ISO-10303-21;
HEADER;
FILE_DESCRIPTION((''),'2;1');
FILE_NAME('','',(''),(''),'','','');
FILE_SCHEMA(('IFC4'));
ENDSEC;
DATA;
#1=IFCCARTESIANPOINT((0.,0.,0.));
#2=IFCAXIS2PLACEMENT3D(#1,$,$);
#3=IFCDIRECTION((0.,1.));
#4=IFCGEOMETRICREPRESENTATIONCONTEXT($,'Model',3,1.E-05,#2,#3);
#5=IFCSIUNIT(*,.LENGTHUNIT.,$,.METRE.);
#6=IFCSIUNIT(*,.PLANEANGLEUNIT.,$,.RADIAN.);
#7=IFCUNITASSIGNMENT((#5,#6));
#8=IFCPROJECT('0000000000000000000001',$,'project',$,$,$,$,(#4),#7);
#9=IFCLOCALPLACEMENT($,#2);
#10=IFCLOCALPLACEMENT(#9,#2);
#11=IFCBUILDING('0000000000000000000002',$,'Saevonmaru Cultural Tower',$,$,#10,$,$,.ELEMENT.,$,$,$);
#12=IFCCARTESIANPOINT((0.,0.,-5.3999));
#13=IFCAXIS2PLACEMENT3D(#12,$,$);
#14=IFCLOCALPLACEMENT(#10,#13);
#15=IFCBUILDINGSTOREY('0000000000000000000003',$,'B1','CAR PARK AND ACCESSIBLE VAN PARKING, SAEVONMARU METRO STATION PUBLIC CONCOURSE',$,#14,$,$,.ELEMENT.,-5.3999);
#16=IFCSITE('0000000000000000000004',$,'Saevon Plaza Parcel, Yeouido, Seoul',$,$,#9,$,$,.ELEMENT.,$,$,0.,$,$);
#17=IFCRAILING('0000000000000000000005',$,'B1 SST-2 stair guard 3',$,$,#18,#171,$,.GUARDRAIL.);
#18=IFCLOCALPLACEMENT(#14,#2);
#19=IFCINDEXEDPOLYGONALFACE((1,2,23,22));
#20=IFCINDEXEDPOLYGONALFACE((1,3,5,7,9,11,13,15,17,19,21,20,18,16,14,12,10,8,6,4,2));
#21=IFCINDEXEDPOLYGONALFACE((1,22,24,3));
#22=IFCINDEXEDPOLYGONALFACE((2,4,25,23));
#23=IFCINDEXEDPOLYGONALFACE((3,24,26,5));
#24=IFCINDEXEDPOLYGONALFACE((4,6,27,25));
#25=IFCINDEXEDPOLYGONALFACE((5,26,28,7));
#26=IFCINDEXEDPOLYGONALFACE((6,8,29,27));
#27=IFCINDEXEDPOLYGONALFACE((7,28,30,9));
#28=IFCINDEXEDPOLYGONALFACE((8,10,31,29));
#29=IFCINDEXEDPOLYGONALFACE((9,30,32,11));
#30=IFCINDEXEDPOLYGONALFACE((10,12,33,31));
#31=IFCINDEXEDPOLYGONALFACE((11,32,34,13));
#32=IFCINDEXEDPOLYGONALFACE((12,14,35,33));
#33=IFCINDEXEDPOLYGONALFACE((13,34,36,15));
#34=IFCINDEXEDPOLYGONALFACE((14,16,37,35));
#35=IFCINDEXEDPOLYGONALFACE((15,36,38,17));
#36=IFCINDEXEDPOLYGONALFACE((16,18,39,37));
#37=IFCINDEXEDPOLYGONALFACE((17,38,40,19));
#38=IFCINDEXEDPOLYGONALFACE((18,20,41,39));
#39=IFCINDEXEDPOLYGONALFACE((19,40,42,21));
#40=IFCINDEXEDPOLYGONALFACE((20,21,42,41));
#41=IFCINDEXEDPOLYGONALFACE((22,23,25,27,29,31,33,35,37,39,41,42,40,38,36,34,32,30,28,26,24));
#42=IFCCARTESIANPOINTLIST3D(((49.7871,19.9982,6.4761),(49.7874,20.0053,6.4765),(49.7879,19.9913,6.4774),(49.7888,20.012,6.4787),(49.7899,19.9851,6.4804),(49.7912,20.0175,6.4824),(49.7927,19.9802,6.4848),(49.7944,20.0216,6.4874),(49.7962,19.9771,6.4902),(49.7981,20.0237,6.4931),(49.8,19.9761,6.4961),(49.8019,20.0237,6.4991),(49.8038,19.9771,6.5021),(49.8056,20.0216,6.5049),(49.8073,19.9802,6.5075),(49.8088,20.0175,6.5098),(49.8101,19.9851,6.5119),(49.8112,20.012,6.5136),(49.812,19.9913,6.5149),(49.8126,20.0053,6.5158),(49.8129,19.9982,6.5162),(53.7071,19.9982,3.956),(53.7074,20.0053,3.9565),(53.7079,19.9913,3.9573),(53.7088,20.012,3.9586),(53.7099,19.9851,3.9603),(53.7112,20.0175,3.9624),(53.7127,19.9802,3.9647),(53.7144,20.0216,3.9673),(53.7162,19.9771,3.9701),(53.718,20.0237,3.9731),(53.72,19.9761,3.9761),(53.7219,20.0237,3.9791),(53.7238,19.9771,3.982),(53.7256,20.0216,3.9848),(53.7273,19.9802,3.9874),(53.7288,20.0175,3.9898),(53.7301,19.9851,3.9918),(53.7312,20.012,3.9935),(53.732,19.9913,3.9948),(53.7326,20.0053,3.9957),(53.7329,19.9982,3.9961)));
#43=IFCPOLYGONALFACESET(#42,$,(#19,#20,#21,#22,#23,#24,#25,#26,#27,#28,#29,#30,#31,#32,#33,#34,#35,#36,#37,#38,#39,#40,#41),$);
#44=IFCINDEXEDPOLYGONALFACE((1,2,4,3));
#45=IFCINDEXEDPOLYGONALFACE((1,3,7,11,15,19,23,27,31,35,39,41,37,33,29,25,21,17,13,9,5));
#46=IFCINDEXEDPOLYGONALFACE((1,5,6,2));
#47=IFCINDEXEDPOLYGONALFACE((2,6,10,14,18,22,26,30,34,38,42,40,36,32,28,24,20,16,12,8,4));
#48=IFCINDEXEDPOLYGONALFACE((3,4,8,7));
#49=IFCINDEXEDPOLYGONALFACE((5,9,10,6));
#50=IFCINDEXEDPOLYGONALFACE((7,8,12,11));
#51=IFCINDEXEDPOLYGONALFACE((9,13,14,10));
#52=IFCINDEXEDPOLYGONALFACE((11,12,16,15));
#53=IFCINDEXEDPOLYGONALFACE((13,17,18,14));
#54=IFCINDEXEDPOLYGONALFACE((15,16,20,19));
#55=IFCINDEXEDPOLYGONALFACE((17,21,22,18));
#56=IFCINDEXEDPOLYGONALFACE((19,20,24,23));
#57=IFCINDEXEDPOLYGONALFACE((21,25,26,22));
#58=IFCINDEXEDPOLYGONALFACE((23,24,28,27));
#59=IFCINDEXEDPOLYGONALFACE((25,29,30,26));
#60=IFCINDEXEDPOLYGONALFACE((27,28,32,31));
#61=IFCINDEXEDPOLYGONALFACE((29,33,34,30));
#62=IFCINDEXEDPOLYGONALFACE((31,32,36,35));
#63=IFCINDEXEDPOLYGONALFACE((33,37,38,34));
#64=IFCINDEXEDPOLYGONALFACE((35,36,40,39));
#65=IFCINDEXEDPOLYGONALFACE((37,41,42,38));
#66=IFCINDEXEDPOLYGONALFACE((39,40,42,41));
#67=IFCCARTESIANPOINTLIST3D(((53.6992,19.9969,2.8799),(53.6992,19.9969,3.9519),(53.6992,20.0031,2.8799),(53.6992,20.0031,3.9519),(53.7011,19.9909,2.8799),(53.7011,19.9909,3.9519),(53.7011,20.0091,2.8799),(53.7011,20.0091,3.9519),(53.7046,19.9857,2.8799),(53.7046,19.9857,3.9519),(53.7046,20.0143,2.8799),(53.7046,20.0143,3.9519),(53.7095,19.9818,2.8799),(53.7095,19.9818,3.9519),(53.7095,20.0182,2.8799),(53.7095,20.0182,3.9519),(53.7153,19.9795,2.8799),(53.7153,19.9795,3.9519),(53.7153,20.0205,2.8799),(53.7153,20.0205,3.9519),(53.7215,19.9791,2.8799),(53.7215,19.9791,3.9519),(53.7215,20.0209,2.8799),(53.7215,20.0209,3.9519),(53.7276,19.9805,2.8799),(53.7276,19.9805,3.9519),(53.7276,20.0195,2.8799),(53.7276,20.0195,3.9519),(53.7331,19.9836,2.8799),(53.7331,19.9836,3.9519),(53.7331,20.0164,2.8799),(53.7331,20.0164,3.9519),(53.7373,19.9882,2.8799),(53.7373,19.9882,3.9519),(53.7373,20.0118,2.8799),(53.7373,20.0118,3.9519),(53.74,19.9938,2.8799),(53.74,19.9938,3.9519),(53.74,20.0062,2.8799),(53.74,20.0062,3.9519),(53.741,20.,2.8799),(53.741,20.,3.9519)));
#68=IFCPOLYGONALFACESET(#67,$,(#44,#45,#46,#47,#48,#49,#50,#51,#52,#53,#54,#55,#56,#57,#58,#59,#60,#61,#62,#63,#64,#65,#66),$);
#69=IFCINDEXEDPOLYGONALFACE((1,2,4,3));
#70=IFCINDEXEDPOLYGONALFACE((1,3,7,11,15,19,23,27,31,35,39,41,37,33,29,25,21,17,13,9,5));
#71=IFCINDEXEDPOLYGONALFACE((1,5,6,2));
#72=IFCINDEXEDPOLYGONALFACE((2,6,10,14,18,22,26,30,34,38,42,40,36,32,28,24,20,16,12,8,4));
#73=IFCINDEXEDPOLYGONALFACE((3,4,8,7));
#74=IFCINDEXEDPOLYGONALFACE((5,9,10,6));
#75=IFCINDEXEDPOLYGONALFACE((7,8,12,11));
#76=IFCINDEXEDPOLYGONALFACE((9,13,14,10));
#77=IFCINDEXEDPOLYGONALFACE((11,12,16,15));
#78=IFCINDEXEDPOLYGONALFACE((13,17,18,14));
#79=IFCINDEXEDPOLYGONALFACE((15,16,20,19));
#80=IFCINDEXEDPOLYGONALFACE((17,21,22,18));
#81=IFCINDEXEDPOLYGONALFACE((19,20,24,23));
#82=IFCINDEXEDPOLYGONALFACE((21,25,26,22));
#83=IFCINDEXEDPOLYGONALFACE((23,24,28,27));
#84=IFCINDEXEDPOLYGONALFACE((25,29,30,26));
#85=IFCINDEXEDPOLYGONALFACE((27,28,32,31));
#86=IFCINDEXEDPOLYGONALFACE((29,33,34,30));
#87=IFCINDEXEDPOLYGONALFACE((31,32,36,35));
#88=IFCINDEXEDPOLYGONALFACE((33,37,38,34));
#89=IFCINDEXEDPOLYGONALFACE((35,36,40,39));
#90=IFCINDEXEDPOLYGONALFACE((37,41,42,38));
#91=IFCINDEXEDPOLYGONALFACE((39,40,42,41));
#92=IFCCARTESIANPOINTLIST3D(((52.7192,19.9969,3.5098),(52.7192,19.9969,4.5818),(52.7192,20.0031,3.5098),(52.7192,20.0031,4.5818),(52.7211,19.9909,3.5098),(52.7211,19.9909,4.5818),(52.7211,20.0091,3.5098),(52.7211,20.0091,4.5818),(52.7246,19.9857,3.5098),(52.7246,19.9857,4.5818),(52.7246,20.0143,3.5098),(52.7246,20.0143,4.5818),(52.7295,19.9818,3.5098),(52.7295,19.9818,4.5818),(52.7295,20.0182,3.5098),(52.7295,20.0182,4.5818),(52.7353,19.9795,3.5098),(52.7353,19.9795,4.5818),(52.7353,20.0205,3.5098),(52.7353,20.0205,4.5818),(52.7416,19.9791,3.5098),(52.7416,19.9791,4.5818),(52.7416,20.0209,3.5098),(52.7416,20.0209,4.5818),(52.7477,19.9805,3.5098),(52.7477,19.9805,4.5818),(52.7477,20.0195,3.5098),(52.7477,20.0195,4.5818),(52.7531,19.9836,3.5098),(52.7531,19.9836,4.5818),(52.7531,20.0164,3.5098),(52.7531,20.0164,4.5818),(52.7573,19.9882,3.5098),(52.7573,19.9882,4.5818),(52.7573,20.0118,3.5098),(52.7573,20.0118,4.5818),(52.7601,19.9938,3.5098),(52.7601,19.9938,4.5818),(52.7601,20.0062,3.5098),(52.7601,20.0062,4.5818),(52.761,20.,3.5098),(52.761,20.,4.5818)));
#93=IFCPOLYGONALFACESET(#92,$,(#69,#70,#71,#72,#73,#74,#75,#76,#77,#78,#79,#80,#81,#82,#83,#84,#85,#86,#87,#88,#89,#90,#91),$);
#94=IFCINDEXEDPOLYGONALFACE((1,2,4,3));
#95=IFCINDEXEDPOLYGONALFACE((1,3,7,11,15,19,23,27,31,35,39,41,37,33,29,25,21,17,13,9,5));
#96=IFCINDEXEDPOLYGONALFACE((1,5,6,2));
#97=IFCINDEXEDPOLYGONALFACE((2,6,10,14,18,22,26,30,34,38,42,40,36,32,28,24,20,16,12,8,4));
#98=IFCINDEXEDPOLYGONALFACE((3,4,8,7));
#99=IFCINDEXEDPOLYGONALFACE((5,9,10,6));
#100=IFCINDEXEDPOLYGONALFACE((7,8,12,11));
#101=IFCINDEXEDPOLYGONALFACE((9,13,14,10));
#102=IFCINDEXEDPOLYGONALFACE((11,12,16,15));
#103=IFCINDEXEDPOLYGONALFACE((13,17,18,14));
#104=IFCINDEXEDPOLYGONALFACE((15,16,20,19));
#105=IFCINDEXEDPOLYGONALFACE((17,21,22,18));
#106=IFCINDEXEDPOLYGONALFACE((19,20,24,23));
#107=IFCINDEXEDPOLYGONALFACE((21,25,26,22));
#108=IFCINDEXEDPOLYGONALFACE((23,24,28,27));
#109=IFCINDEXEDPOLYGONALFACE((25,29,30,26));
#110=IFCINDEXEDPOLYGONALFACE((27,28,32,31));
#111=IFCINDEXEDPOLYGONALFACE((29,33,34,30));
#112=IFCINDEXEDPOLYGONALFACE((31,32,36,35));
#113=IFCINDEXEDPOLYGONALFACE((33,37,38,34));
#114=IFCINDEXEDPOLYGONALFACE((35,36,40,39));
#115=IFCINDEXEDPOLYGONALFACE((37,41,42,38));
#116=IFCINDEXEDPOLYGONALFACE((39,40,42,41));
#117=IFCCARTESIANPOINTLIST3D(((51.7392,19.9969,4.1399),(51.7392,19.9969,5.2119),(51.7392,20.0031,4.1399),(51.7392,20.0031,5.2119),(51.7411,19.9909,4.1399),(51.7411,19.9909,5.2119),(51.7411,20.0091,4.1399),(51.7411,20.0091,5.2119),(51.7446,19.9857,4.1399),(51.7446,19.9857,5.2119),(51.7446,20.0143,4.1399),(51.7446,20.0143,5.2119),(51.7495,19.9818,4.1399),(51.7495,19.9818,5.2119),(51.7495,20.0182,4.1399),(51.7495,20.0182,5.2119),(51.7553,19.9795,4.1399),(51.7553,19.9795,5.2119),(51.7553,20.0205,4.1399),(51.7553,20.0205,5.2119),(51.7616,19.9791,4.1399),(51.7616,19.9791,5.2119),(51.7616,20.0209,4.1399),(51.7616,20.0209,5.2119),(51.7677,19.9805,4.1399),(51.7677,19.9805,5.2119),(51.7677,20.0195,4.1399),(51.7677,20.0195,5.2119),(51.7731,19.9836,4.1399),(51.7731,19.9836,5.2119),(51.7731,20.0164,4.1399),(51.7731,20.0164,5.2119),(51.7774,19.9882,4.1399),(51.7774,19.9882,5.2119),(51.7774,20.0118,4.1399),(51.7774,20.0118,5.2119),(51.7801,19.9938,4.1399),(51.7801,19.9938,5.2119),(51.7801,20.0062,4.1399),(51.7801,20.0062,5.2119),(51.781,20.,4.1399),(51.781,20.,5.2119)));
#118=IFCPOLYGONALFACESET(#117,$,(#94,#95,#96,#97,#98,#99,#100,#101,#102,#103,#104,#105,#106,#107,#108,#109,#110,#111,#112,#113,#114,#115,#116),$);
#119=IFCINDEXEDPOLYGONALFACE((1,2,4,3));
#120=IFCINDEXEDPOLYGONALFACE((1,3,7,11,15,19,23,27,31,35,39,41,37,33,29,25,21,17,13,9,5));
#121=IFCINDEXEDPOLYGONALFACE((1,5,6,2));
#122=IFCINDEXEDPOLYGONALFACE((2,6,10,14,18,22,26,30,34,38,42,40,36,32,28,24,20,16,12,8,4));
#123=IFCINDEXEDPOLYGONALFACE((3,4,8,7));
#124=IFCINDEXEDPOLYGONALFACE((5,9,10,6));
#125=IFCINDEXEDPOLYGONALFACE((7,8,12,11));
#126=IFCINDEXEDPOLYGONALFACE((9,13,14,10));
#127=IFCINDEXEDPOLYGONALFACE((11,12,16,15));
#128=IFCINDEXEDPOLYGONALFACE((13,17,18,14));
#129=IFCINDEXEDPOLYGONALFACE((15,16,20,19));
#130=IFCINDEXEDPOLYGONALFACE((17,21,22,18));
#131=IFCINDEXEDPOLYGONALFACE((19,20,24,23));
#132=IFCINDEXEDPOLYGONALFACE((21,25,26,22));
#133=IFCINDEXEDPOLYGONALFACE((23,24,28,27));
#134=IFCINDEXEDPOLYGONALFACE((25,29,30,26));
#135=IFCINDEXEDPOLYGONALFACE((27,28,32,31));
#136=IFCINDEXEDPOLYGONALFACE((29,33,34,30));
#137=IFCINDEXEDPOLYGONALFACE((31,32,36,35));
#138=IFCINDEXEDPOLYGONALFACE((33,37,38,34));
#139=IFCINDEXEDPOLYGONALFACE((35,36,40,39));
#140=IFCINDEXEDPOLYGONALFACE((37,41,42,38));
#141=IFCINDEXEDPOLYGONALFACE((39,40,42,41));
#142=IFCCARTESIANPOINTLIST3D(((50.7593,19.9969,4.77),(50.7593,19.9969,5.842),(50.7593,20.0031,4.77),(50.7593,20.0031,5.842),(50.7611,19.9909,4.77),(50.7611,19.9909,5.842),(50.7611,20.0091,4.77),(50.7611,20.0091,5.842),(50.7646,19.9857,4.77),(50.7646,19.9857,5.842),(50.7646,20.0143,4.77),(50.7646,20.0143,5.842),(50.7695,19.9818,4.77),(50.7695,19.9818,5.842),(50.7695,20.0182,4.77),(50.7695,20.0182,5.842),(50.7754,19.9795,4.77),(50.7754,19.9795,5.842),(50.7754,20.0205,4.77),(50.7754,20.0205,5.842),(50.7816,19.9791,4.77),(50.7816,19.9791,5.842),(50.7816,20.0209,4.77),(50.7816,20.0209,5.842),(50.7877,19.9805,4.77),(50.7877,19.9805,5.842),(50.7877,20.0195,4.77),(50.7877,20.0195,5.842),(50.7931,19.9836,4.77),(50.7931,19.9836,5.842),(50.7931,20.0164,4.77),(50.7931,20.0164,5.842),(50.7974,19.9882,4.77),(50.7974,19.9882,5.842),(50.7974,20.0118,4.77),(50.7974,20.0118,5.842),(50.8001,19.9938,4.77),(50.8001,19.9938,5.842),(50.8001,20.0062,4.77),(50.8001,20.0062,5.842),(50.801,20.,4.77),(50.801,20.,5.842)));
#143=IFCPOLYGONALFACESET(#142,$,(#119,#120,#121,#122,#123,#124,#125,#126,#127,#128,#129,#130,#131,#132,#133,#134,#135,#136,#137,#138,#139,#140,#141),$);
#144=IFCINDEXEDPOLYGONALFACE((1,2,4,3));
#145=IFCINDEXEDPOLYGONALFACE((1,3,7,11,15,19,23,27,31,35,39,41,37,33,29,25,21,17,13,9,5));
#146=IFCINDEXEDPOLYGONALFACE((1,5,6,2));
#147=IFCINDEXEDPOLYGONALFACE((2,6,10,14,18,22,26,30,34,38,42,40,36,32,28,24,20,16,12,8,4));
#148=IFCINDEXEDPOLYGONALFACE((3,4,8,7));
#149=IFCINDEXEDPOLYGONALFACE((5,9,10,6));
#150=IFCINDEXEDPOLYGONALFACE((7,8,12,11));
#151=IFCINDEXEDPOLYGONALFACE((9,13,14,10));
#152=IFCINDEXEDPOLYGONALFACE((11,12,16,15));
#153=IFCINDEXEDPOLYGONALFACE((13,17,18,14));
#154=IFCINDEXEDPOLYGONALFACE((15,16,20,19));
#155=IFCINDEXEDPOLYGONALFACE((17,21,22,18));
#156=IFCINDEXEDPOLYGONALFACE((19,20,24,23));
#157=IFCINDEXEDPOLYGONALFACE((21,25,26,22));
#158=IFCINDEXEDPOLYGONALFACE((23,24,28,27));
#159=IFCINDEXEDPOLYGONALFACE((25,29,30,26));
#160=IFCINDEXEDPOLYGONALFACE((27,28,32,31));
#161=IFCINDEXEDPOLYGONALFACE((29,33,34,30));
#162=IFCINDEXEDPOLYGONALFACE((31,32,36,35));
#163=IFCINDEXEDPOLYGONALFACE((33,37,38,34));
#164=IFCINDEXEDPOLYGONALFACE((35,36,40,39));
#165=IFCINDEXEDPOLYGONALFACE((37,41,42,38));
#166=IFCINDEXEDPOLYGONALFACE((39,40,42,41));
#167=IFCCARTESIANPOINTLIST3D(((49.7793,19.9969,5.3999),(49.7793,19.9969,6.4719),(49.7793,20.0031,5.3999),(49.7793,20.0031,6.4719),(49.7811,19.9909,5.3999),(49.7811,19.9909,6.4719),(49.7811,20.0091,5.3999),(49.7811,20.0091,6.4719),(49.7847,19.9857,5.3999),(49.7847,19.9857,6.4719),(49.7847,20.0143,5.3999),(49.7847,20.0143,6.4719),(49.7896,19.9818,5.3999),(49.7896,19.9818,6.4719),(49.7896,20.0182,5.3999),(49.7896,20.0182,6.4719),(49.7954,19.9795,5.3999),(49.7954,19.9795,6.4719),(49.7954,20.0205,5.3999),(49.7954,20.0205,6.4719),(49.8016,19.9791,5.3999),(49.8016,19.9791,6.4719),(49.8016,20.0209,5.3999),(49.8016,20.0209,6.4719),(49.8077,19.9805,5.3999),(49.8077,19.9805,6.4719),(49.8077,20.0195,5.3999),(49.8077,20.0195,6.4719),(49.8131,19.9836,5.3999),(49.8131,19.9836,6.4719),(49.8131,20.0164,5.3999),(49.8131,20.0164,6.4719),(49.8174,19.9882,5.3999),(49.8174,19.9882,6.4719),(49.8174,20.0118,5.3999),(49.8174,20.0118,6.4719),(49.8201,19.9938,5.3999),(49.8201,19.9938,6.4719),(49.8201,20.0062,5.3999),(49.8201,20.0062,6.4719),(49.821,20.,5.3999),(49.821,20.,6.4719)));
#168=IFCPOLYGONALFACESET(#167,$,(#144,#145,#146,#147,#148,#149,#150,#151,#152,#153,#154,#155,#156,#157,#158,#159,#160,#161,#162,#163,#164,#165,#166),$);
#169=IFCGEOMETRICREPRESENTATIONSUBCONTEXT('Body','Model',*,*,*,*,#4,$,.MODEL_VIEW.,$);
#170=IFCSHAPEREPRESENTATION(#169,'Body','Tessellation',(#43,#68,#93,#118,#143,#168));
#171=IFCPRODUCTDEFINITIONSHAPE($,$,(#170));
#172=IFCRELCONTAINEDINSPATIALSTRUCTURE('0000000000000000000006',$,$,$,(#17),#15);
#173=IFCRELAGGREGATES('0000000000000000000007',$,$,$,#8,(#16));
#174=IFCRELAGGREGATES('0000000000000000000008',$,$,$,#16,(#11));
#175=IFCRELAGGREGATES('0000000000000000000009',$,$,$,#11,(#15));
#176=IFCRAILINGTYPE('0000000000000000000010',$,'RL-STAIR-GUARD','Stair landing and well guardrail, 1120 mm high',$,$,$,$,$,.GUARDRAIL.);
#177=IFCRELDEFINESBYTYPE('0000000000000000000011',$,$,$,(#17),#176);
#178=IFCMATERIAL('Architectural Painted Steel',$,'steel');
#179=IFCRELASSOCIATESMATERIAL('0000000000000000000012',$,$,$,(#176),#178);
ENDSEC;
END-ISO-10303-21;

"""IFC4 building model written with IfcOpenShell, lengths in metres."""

from ifc_helpers import new_model, si_unit, direction, frame, origin, origin_2d, place, context, subcontext, project, spatial, circle, extrude, material, type_object, element, save


model = new_model("IFC4")

# Units and contexts
model_context = context("Model", 3, precision=1e-05, world=origin(), true_north=direction((0.0, 1.0)))
body_context = subcontext(model_context, "Body", "Model", "MODEL_VIEW")
ifc_project = project(units=[si_unit("LENGTHUNIT", "METRE"), si_unit("PLANEANGLEUNIT", "RADIAN")], contexts=[model_context])

# Site, building, storey
site_placement = place(None, origin())
site = spatial("IfcSite", under=ifc_project, at=site_placement, Name="Saevon Plaza Parcel, Yeouido, Seoul", CompositionType="ELEMENT", RefElevation=0.0)
building_placement = place(site_placement, origin())
building = spatial("IfcBuilding", under=site, at=building_placement, Name="Saevonmaru Cultural Tower", CompositionType="ELEMENT")
storey_placement = place(building_placement, frame((0.0, 0.0, -5.3999)))
storey = spatial("IfcBuildingStorey", under=building, at=storey_placement, Name="B1", Description="CAR PARK AND ACCESSIBLE VAN PARKING, SAEVONMARU METRO STATION PUBLIC CONCOURSE", CompositionType="ELEMENT", Elevation=-5.3999)

# Railing
ifc_material_1 = material(Name="Architectural Painted Steel", Category="steel")
railing_type_1 = type_object("IfcRailingType", Name="RL-STAIR-GUARD", Description="Stair landing and well guardrail, 1120 mm high", PredefinedType="GUARDRAIL", material=ifc_material_1)
railing_1_placement = place(storey_placement, frame((53.72, 20.0, 2.8799)))
element("IfcRailing", 1, at=railing_1_placement, inside=storey, type_object=railing_type_1, Name="B1 SST-2 stair guard 3", PredefinedType="GUARDRAIL", context=body_context, shape_type="SweptSolid", body=[
    extrude(circle(Radius=0.0239, at=origin_2d()), frame((0.0, 0.0, 1.0962), z_axis=(-0.841172, 0.0, 0.540768), x_axis=(0.0, -1.0, 0.0)), (0.0, 0.0, 1.0), 4.6602),
    extrude(circle(Radius=0.021, at=origin_2d()), origin(), (0.0, 0.0, 1.0), 1.072),
    extrude(circle(Radius=0.021, at=origin_2d()), frame((-0.98, 0.0, 0.6299)), (0.0, 0.0, 1.0), 1.072),
    extrude(circle(Radius=0.021, at=origin_2d()), frame((-1.96, 0.0, 1.26)), (0.0, 0.0, 1.0), 1.072),
    extrude(circle(Radius=0.021, at=origin_2d()), frame((-2.9399, 0.0, 1.8901)), (0.0, 0.0, 1.0), 1.072),
    extrude(circle(Radius=0.021, at=origin_2d()), frame((-3.9199, 0.0, 2.52)), (0.0, 0.0, 1.0), 1.072),
])

save(model, "model.ifc")
